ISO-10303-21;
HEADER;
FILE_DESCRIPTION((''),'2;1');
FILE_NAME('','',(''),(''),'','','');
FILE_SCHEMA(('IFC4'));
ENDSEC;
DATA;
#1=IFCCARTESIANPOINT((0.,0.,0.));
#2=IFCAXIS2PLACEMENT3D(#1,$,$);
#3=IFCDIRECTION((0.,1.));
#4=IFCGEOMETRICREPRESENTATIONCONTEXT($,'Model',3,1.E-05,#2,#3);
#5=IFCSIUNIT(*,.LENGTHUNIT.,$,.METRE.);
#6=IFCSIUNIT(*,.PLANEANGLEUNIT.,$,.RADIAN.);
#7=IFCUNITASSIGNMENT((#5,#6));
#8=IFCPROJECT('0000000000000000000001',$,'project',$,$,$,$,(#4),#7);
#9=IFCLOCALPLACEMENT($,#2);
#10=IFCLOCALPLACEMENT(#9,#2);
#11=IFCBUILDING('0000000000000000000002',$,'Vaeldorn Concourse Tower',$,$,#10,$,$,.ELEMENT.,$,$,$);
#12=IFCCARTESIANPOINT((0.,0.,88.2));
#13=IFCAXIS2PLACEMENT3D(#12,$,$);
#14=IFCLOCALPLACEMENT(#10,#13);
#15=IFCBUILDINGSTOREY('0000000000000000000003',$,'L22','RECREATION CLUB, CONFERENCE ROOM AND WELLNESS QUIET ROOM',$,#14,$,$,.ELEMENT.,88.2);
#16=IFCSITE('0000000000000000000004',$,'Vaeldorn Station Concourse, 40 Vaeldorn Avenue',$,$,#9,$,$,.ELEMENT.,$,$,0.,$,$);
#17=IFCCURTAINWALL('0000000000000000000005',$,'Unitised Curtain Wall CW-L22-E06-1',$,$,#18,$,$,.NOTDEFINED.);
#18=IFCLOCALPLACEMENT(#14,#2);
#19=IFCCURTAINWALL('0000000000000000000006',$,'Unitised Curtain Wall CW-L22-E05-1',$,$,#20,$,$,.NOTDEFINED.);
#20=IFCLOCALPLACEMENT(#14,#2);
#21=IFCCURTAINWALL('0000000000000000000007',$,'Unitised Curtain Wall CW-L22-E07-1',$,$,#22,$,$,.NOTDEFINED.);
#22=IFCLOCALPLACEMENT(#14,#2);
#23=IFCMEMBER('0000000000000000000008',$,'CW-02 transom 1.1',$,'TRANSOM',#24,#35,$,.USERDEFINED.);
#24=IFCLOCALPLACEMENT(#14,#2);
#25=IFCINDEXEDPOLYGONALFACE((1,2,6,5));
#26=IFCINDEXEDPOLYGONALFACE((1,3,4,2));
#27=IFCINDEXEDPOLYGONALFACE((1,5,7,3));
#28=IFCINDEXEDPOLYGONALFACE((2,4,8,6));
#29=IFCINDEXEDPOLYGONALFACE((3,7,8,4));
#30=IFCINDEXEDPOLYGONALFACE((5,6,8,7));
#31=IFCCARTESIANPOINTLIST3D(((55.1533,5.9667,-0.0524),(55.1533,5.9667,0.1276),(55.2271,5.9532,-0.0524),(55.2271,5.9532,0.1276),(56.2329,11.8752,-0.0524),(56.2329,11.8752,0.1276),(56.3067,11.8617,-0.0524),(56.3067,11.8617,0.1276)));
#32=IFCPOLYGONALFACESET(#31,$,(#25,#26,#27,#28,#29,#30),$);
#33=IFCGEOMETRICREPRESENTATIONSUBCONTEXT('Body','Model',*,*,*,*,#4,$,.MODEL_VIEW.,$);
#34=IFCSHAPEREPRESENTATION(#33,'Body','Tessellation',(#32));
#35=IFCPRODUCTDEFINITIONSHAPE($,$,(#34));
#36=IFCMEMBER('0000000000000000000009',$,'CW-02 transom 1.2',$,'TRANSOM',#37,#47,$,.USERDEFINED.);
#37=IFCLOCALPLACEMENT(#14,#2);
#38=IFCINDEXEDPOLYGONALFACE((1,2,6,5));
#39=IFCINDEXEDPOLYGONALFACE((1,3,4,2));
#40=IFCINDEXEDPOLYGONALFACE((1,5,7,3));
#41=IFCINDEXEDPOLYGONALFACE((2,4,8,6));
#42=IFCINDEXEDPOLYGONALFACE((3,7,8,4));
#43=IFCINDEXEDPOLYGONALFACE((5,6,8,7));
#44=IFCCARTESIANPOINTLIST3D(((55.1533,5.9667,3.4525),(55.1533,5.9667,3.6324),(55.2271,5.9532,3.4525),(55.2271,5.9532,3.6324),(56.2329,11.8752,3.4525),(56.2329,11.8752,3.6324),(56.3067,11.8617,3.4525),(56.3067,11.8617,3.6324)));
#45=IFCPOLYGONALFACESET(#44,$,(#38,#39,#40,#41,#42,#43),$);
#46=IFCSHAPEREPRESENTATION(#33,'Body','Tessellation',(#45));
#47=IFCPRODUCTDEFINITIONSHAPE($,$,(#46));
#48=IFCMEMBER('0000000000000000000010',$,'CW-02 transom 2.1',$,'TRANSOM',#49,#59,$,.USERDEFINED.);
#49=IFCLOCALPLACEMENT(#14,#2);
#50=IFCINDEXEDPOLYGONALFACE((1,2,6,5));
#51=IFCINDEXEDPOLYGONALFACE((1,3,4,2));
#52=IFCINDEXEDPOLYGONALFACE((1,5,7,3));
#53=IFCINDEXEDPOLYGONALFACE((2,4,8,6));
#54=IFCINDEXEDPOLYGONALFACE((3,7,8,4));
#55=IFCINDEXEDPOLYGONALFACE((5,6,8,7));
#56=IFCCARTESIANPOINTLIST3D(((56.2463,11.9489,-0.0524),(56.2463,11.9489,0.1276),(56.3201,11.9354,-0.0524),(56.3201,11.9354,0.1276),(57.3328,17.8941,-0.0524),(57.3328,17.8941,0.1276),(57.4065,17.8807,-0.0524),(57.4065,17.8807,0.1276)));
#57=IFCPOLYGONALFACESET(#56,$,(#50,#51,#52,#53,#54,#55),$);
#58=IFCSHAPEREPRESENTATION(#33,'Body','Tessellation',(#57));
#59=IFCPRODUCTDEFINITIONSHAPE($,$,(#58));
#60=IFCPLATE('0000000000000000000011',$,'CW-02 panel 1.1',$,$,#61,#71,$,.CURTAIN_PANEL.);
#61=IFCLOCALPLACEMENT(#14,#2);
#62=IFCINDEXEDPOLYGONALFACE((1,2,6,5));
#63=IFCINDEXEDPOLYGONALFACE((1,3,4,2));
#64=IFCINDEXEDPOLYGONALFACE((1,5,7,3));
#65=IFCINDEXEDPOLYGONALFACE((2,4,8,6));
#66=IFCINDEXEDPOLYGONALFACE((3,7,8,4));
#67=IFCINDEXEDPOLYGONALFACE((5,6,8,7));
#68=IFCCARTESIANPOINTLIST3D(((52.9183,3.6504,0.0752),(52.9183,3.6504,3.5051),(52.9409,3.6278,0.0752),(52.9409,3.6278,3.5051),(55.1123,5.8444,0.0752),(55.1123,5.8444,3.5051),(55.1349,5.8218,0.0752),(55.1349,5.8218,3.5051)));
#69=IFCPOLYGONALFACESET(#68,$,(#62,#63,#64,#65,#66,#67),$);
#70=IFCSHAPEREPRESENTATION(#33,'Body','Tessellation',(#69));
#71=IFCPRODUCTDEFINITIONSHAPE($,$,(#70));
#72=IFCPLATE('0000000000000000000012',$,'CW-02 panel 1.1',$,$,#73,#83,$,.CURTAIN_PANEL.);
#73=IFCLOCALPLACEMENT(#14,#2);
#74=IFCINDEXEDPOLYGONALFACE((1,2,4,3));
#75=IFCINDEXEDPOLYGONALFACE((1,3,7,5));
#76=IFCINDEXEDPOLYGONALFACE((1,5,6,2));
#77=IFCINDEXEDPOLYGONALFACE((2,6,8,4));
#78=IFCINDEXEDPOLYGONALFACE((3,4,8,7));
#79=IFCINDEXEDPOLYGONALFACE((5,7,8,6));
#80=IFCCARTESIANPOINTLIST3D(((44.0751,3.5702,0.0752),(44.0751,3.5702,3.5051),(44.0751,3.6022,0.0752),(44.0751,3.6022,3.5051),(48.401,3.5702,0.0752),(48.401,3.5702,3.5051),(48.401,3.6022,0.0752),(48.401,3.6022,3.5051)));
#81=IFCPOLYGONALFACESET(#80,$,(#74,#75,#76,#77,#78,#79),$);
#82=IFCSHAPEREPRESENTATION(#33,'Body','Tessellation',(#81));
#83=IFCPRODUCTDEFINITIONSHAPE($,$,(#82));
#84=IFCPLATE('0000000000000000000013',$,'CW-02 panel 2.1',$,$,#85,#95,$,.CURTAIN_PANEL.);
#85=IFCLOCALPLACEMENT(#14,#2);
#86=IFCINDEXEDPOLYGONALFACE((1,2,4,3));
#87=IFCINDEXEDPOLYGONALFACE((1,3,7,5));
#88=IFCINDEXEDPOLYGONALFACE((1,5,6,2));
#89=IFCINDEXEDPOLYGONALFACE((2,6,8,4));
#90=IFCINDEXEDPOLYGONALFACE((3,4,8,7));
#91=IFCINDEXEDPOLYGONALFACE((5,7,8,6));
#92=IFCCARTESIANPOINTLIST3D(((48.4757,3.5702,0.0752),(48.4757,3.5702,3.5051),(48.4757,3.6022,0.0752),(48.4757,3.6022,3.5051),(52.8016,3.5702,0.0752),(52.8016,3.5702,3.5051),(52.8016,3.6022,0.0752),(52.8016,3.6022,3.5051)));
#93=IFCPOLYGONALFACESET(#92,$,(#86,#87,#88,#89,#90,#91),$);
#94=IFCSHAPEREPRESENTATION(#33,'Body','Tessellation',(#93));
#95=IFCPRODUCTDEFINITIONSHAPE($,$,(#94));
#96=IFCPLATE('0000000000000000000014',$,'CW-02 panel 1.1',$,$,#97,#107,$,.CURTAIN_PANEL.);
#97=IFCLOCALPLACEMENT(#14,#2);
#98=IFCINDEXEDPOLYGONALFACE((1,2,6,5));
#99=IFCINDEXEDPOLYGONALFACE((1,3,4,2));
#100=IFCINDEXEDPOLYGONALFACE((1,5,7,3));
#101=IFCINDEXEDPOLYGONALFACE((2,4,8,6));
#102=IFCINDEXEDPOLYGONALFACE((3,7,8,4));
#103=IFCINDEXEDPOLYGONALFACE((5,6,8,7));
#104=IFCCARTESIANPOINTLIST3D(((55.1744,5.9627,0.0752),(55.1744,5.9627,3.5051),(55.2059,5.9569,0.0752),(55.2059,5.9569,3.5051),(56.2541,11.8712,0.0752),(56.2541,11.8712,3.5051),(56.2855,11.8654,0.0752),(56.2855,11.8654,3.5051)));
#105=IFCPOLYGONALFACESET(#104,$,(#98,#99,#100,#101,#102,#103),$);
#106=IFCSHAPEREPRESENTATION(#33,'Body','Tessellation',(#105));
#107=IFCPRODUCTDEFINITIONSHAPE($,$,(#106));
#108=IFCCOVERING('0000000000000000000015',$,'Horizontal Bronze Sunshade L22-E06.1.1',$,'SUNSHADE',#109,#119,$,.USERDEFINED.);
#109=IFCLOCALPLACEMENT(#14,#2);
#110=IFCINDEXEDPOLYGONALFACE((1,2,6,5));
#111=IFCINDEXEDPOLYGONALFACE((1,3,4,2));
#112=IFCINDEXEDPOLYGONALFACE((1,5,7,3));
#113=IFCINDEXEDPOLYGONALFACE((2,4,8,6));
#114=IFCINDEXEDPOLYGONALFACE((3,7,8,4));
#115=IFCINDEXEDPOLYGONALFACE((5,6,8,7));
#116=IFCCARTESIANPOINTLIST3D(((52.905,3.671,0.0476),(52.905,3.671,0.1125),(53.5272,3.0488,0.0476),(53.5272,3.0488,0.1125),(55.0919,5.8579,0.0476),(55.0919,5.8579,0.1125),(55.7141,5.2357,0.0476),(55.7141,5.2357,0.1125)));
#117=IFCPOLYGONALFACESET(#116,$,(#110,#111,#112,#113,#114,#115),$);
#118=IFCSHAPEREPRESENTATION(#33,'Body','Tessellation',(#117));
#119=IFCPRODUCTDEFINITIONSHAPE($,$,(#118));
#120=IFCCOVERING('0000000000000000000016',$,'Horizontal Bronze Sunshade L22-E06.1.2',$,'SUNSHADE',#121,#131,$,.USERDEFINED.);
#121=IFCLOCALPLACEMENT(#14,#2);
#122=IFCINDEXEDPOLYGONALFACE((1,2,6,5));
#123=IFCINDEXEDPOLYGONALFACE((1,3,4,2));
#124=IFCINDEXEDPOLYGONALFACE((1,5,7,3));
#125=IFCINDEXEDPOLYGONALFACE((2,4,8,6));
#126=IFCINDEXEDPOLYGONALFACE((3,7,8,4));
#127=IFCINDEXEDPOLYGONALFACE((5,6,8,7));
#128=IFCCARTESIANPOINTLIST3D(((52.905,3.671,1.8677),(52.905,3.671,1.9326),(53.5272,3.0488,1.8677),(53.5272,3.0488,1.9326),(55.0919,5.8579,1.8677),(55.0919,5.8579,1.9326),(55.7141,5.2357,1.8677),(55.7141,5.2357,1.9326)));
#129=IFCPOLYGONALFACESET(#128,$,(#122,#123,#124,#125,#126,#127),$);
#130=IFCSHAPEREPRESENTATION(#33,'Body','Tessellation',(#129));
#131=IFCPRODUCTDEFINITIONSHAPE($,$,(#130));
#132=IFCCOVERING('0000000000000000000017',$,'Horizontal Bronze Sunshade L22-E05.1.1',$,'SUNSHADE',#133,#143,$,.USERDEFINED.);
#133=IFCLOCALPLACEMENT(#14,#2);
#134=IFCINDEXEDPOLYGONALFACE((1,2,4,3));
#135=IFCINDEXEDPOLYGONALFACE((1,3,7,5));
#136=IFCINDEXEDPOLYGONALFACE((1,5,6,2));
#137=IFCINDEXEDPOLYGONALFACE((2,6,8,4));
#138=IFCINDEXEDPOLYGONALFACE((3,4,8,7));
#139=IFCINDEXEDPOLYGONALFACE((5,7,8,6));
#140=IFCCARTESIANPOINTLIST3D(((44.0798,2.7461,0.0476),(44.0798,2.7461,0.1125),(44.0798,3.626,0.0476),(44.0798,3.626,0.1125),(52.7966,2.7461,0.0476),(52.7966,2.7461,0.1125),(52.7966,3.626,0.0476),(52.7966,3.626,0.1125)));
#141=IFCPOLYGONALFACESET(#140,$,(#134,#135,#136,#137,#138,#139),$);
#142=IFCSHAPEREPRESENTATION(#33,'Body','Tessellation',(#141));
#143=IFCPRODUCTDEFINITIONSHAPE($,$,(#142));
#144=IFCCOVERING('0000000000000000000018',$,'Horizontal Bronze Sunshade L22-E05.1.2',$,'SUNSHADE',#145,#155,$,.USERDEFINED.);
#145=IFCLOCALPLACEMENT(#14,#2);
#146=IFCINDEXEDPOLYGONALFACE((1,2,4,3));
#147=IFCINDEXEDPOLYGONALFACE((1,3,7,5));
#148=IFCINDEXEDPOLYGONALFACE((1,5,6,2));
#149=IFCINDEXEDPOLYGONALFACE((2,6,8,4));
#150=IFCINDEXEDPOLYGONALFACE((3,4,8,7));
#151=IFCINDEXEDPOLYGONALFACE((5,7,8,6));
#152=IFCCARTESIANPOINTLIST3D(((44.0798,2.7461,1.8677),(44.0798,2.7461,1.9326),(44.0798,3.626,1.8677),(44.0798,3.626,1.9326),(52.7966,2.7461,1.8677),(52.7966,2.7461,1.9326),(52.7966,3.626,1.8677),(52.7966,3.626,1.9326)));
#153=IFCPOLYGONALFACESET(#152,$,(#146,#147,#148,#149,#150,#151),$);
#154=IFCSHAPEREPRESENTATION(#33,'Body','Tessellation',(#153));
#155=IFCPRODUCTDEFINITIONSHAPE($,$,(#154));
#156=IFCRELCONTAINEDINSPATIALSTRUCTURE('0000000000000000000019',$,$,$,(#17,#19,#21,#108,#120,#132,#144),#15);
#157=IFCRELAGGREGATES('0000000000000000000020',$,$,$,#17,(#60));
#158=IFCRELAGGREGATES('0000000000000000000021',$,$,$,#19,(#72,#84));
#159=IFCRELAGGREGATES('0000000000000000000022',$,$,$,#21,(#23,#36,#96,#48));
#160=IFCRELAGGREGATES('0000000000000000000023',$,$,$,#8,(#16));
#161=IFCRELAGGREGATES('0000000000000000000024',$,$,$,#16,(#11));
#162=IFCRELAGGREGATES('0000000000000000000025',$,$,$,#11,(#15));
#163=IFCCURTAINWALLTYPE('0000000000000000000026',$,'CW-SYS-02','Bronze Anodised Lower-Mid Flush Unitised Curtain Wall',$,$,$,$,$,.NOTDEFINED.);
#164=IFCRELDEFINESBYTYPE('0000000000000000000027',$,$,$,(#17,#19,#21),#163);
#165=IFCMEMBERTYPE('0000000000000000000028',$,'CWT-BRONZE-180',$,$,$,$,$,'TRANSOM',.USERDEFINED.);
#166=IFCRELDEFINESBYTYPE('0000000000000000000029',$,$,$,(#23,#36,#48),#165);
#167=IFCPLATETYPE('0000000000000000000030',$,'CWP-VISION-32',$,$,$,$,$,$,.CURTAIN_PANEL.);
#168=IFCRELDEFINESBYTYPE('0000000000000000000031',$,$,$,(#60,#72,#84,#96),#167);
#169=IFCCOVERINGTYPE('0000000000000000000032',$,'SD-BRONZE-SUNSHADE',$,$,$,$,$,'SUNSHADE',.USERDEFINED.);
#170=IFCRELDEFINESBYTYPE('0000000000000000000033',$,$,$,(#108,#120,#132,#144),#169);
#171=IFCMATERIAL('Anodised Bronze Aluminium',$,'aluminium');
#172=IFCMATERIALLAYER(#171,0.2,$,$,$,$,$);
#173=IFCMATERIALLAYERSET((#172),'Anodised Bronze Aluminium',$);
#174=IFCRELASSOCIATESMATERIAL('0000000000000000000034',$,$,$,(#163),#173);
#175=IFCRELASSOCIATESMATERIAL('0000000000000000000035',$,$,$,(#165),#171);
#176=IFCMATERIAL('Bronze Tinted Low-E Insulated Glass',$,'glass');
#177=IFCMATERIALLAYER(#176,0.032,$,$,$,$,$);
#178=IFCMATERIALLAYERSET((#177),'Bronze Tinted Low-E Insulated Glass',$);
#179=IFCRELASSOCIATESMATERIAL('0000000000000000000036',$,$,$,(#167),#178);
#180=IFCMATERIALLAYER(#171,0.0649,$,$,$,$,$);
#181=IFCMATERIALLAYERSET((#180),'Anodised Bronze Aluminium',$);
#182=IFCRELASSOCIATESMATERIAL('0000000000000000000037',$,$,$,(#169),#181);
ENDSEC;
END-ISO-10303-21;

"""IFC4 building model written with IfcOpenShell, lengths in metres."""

from ifc_helpers import new_model, si_unit, direction, frame, origin, origin_2d, place, context, subcontext, project, spatial, rectangle, extrude, source, transform, mapped, material, layer, layer_set, material_profile, profile_set, type_object, element, aggregate, save


model = new_model("IFC4")

# Units and contexts
model_context = context("Model", 3, precision=1e-05, world=origin(), true_north=direction((0.0, 1.0)))
body_context = subcontext(model_context, "Body", "Model", "MODEL_VIEW")
ifc_project = project(units=[si_unit("LENGTHUNIT", "METRE"), si_unit("PLANEANGLEUNIT", "RADIAN")], contexts=[model_context])

# Site, building, storey
site_placement = place(None, origin())
site = spatial("IfcSite", under=ifc_project, at=site_placement, Name="Vaeldorn Station Concourse, 40 Vaeldorn Avenue", CompositionType="ELEMENT", RefElevation=0.0)
building_placement = place(site_placement, origin())
building = spatial("IfcBuilding", under=site, at=building_placement, Name="Vaeldorn Concourse Tower", CompositionType="ELEMENT")
storey_placement = place(building_placement, frame((0.0, 0.0, 88.2)))
storey = spatial("IfcBuildingStorey", under=building, at=storey_placement, Name="L22", Description="RECREATION CLUB, CONFERENCE ROOM AND WELLNESS QUIET ROOM", CompositionType="ELEMENT", Elevation=88.2)

# Curtain walls
ifc_material_1 = material(Name="Anodised Bronze Aluminium", Category="aluminium")
ifc_layer_1 = layer(ifc_material_1, 0.2)
ifc_layer_set_1 = layer_set([ifc_layer_1], Name="Anodised Bronze Aluminium")
curtain_wall_type = type_object("IfcCurtainWallType", Name="CW-SYS-02", Description="Bronze Anodised Lower-Mid Flush Unitised Curtain Wall", PredefinedType="NOTDEFINED", material=ifc_layer_set_1)
curtain_wall_1_placement = place(storey_placement, origin())
curtain_wall_1 = element("IfcCurtainWall", 1, at=curtain_wall_1_placement, inside=storey, type_object=curtain_wall_type, Name="Unitised Curtain Wall CW-L22-E06-1", PredefinedType="NOTDEFINED")
ifc_material_profile_1 = material_profile(ifc_material_1, rectangle(XDim=0.075, YDim=0.1799, at=origin_2d()), Name="CWT 75x180")
ifc_profile_set_1 = profile_set([ifc_material_profile_1], Name="Anodised Bronze Aluminium")
member_type_1 = type_object("IfcMemberType", Name="CWT-BRONZE-180", ElementType="TRANSOM", PredefinedType="USERDEFINED", material=ifc_profile_set_1)
curtain_wall_2_placement = place(storey_placement, origin())
curtain_wall_2 = element("IfcCurtainWall", 2, at=curtain_wall_2_placement, inside=storey, type_object=curtain_wall_type, Name="Unitised Curtain Wall CW-L22-E05-1", PredefinedType="NOTDEFINED")

# Curtain wall, members
curtain_wall_3_placement = place(storey_placement, origin())
curtain_wall_3 = element("IfcCurtainWall", 3, at=curtain_wall_3_placement, inside=storey, type_object=curtain_wall_type, Name="Unitised Curtain Wall CW-L22-E07-1", PredefinedType="NOTDEFINED")
shared_shape_1 = source(origin(), body_context, "Body", "SweptSolid", [
    extrude(rectangle(XDim=0.075, YDim=0.1799, at=origin_2d()), origin(), (0.0, 0.0, 1.0), 6.0063),
])
member_1_placement = place(storey_placement, frame((55.1902, 5.96, 0.0376), z_axis=(0.179744, 0.983713, 0.0), x_axis=(-0.983713, 0.179744, 0.0)))
member_1 = element("IfcMember", 4, at=member_1_placement, type_object=member_type_1, Name="CW-02 transom 1.1", ObjectType="TRANSOM", PredefinedType="USERDEFINED", context=body_context, shape_type="MappedRepresentation", body=[
    mapped(shared_shape_1, transform((0.0, 0.0, 0.0), scale=1.0)),
])
member_2_placement = place(storey_placement, frame((55.1902, 5.96, 3.5425), z_axis=(0.179744, 0.983713, 0.0), x_axis=(-0.983713, 0.179744, 0.0)))
member_2 = element("IfcMember", 5, at=member_2_placement, type_object=member_type_1, Name="CW-02 transom 1.2", ObjectType="TRANSOM", PredefinedType="USERDEFINED", context=body_context, shape_type="MappedRepresentation", body=[
    mapped(shared_shape_1, transform((0.0, 0.0, 0.0), scale=1.0)),
])
shared_shape_2 = source(origin(), body_context, "Body", "SweptSolid", [
    extrude(rectangle(XDim=0.075, YDim=0.1799, at=origin_2d()), origin(), (0.0, 0.0, 1.0), 6.0437),
])
member_3_placement = place(storey_placement, frame((56.2832, 11.9421, 0.0376), z_axis=(0.17976, 0.983711, 0.0), x_axis=(-0.983711, 0.17976, 0.0)))
member_3 = element("IfcMember", 6, at=member_3_placement, type_object=member_type_1, Name="CW-02 transom 2.1", ObjectType="TRANSOM", PredefinedType="USERDEFINED", context=body_context, shape_type="MappedRepresentation", body=[
    mapped(shared_shape_2, transform((0.0, 0.0, 0.0), scale=1.0)),
])

# Plates
ifc_material_2 = material(Name="Bronze Tinted Low-E Insulated Glass", Category="glass")
ifc_layer_2 = layer(ifc_material_2, 0.032)
ifc_layer_set_2 = layer_set([ifc_layer_2], Name="Bronze Tinted Low-E Insulated Glass")
plate_type = type_object("IfcPlateType", Name="CWP-VISION-32", PredefinedType="CURTAIN_PANEL", material=ifc_layer_set_2)
shared_shape_3 = source(origin(), body_context, "Body", "SweptSolid", [
    extrude(rectangle(XDim=3.1028, YDim=0.032, at=origin_2d()), origin(), (0.0, 0.0, 1.0), 3.4299),
])
plate_1_placement = place(storey_placement, frame((54.0266, 4.7361, 0.0752), z_axis=(0.0, 0.0, 1.0), x_axis=(0.707107, 0.707107, 0.0)))
plate_1 = element("IfcPlate", 7, at=plate_1_placement, type_object=plate_type, Name="CW-02 panel 1.1", PredefinedType="CURTAIN_PANEL", context=body_context, shape_type="MappedRepresentation", body=[
    mapped(shared_shape_3, transform((0.0, 0.0, 0.0), scale=1.0)),
])
aggregate(curtain_wall_1, [plate_1])
shared_shape_4 = source(origin(), body_context, "Body", "SweptSolid", [
    extrude(rectangle(XDim=4.3259, YDim=0.032, at=origin_2d()), origin(), (0.0, 0.0, 1.0), 3.4299),
])
plate_2_placement = place(storey_placement, frame((46.238, 3.5862, 0.0752), z_axis=(0.0, 0.0, 1.0), x_axis=(1.0, 0.0, 0.0)))
plate_2 = element("IfcPlate", 8, at=plate_2_placement, type_object=plate_type, Name="CW-02 panel 1.1", PredefinedType="CURTAIN_PANEL", context=body_context, shape_type="MappedRepresentation", body=[
    mapped(shared_shape_4, transform((0.0, 0.0, 0.0), scale=1.0)),
])
plate_3_placement = place(storey_placement, frame((50.6387, 3.5862, 0.0752), z_axis=(0.0, 0.0, 1.0), x_axis=(1.0, 0.0, 0.0)))
plate_3 = element("IfcPlate", 9, at=plate_3_placement, type_object=plate_type, Name="CW-02 panel 2.1", PredefinedType="CURTAIN_PANEL", context=body_context, shape_type="MappedRepresentation", body=[
    mapped(shared_shape_4, transform((0.0, 0.0, 0.0), scale=1.0)),
])
aggregate(curtain_wall_2, [plate_2, plate_3])
shared_shape_5 = source(origin(), body_context, "Body", "SweptSolid", [
    extrude(rectangle(XDim=6.0063, YDim=0.032, at=origin_2d()), origin(), (0.0, 0.0, 1.0), 3.4299),
])
plate_4_placement = place(storey_placement, frame((55.73, 8.9141, 0.0752), z_axis=(0.0, 0.0, 1.0), x_axis=(0.179753, 0.983712, 0.0)))
plate_4 = element("IfcPlate", 10, at=plate_4_placement, type_object=plate_type, Name="CW-02 panel 1.1", PredefinedType="CURTAIN_PANEL", context=body_context, shape_type="MappedRepresentation", body=[
    mapped(shared_shape_5, transform((0.0, 0.0, 0.0), scale=1.0)),
])
aggregate(curtain_wall_3, [member_1, member_2, plate_4, member_3])

# Coverings
ifc_layer_3 = layer(ifc_material_1, 0.0649)
ifc_layer_set_3 = layer_set([ifc_layer_3], Name="Anodised Bronze Aluminium")
covering_type = type_object("IfcCoveringType", Name="SD-BRONZE-SUNSHADE", ElementType="SUNSHADE", PredefinedType="USERDEFINED", material=ifc_layer_set_3)
shared_shape_6 = source(origin(), body_context, "Body", "SweptSolid", [
    extrude(rectangle(XDim=3.0928, YDim=0.8799, at=origin_2d()), origin(), (0.0, 0.0, 1.0), 0.0649),
])
for number, where, z_axis, x_axis, name in (
    (11, (54.3096, 4.4534, 0.0476), (0.0, 0.0, 1.0), (0.707107, 0.707107, 0.0), "Horizontal Bronze Sunshade L22-E06.1.1"),
    (12, (54.3096, 4.4534, 1.8677), (0.0, 0.0, 1.0), (0.707107, 0.707107, 0.0), "Horizontal Bronze Sunshade L22-E06.1.2"),
):
    element("IfcCovering", number, at=place(storey_placement, frame(where, z_axis=z_axis, x_axis=x_axis)), inside=storey, type_object=covering_type, Name=name, ObjectType="SUNSHADE", PredefinedType="USERDEFINED", context=body_context, shape_type="MappedRepresentation", body=[
        mapped(shared_shape_6, transform((0.0, 0.0, 0.0), scale=1.0)),
    ])
shared_shape_7 = source(origin(), body_context, "Body", "SweptSolid", [
    extrude(rectangle(XDim=8.7168, YDim=0.8799, at=origin_2d()), origin(), (0.0, 0.0, 1.0), 0.0649),
])
for number, where, z_axis, x_axis, name in (
    (13, (48.4382, 3.186, 0.0476), (0.0, 0.0, 1.0), (1.0, 0.0, 0.0), "Horizontal Bronze Sunshade L22-E05.1.1"),
    (14, (48.4382, 3.186, 1.8677), (0.0, 0.0, 1.0), (1.0, 0.0, 0.0), "Horizontal Bronze Sunshade L22-E05.1.2"),
):
    element("IfcCovering", number, at=place(storey_placement, frame(where, z_axis=z_axis, x_axis=x_axis)), inside=storey, type_object=covering_type, Name=name, ObjectType="SUNSHADE", PredefinedType="USERDEFINED", context=body_context, shape_type="MappedRepresentation", body=[
        mapped(shared_shape_7, transform((0.0, 0.0, 0.0), scale=1.0)),
    ])

save(model, "model.ifc")
